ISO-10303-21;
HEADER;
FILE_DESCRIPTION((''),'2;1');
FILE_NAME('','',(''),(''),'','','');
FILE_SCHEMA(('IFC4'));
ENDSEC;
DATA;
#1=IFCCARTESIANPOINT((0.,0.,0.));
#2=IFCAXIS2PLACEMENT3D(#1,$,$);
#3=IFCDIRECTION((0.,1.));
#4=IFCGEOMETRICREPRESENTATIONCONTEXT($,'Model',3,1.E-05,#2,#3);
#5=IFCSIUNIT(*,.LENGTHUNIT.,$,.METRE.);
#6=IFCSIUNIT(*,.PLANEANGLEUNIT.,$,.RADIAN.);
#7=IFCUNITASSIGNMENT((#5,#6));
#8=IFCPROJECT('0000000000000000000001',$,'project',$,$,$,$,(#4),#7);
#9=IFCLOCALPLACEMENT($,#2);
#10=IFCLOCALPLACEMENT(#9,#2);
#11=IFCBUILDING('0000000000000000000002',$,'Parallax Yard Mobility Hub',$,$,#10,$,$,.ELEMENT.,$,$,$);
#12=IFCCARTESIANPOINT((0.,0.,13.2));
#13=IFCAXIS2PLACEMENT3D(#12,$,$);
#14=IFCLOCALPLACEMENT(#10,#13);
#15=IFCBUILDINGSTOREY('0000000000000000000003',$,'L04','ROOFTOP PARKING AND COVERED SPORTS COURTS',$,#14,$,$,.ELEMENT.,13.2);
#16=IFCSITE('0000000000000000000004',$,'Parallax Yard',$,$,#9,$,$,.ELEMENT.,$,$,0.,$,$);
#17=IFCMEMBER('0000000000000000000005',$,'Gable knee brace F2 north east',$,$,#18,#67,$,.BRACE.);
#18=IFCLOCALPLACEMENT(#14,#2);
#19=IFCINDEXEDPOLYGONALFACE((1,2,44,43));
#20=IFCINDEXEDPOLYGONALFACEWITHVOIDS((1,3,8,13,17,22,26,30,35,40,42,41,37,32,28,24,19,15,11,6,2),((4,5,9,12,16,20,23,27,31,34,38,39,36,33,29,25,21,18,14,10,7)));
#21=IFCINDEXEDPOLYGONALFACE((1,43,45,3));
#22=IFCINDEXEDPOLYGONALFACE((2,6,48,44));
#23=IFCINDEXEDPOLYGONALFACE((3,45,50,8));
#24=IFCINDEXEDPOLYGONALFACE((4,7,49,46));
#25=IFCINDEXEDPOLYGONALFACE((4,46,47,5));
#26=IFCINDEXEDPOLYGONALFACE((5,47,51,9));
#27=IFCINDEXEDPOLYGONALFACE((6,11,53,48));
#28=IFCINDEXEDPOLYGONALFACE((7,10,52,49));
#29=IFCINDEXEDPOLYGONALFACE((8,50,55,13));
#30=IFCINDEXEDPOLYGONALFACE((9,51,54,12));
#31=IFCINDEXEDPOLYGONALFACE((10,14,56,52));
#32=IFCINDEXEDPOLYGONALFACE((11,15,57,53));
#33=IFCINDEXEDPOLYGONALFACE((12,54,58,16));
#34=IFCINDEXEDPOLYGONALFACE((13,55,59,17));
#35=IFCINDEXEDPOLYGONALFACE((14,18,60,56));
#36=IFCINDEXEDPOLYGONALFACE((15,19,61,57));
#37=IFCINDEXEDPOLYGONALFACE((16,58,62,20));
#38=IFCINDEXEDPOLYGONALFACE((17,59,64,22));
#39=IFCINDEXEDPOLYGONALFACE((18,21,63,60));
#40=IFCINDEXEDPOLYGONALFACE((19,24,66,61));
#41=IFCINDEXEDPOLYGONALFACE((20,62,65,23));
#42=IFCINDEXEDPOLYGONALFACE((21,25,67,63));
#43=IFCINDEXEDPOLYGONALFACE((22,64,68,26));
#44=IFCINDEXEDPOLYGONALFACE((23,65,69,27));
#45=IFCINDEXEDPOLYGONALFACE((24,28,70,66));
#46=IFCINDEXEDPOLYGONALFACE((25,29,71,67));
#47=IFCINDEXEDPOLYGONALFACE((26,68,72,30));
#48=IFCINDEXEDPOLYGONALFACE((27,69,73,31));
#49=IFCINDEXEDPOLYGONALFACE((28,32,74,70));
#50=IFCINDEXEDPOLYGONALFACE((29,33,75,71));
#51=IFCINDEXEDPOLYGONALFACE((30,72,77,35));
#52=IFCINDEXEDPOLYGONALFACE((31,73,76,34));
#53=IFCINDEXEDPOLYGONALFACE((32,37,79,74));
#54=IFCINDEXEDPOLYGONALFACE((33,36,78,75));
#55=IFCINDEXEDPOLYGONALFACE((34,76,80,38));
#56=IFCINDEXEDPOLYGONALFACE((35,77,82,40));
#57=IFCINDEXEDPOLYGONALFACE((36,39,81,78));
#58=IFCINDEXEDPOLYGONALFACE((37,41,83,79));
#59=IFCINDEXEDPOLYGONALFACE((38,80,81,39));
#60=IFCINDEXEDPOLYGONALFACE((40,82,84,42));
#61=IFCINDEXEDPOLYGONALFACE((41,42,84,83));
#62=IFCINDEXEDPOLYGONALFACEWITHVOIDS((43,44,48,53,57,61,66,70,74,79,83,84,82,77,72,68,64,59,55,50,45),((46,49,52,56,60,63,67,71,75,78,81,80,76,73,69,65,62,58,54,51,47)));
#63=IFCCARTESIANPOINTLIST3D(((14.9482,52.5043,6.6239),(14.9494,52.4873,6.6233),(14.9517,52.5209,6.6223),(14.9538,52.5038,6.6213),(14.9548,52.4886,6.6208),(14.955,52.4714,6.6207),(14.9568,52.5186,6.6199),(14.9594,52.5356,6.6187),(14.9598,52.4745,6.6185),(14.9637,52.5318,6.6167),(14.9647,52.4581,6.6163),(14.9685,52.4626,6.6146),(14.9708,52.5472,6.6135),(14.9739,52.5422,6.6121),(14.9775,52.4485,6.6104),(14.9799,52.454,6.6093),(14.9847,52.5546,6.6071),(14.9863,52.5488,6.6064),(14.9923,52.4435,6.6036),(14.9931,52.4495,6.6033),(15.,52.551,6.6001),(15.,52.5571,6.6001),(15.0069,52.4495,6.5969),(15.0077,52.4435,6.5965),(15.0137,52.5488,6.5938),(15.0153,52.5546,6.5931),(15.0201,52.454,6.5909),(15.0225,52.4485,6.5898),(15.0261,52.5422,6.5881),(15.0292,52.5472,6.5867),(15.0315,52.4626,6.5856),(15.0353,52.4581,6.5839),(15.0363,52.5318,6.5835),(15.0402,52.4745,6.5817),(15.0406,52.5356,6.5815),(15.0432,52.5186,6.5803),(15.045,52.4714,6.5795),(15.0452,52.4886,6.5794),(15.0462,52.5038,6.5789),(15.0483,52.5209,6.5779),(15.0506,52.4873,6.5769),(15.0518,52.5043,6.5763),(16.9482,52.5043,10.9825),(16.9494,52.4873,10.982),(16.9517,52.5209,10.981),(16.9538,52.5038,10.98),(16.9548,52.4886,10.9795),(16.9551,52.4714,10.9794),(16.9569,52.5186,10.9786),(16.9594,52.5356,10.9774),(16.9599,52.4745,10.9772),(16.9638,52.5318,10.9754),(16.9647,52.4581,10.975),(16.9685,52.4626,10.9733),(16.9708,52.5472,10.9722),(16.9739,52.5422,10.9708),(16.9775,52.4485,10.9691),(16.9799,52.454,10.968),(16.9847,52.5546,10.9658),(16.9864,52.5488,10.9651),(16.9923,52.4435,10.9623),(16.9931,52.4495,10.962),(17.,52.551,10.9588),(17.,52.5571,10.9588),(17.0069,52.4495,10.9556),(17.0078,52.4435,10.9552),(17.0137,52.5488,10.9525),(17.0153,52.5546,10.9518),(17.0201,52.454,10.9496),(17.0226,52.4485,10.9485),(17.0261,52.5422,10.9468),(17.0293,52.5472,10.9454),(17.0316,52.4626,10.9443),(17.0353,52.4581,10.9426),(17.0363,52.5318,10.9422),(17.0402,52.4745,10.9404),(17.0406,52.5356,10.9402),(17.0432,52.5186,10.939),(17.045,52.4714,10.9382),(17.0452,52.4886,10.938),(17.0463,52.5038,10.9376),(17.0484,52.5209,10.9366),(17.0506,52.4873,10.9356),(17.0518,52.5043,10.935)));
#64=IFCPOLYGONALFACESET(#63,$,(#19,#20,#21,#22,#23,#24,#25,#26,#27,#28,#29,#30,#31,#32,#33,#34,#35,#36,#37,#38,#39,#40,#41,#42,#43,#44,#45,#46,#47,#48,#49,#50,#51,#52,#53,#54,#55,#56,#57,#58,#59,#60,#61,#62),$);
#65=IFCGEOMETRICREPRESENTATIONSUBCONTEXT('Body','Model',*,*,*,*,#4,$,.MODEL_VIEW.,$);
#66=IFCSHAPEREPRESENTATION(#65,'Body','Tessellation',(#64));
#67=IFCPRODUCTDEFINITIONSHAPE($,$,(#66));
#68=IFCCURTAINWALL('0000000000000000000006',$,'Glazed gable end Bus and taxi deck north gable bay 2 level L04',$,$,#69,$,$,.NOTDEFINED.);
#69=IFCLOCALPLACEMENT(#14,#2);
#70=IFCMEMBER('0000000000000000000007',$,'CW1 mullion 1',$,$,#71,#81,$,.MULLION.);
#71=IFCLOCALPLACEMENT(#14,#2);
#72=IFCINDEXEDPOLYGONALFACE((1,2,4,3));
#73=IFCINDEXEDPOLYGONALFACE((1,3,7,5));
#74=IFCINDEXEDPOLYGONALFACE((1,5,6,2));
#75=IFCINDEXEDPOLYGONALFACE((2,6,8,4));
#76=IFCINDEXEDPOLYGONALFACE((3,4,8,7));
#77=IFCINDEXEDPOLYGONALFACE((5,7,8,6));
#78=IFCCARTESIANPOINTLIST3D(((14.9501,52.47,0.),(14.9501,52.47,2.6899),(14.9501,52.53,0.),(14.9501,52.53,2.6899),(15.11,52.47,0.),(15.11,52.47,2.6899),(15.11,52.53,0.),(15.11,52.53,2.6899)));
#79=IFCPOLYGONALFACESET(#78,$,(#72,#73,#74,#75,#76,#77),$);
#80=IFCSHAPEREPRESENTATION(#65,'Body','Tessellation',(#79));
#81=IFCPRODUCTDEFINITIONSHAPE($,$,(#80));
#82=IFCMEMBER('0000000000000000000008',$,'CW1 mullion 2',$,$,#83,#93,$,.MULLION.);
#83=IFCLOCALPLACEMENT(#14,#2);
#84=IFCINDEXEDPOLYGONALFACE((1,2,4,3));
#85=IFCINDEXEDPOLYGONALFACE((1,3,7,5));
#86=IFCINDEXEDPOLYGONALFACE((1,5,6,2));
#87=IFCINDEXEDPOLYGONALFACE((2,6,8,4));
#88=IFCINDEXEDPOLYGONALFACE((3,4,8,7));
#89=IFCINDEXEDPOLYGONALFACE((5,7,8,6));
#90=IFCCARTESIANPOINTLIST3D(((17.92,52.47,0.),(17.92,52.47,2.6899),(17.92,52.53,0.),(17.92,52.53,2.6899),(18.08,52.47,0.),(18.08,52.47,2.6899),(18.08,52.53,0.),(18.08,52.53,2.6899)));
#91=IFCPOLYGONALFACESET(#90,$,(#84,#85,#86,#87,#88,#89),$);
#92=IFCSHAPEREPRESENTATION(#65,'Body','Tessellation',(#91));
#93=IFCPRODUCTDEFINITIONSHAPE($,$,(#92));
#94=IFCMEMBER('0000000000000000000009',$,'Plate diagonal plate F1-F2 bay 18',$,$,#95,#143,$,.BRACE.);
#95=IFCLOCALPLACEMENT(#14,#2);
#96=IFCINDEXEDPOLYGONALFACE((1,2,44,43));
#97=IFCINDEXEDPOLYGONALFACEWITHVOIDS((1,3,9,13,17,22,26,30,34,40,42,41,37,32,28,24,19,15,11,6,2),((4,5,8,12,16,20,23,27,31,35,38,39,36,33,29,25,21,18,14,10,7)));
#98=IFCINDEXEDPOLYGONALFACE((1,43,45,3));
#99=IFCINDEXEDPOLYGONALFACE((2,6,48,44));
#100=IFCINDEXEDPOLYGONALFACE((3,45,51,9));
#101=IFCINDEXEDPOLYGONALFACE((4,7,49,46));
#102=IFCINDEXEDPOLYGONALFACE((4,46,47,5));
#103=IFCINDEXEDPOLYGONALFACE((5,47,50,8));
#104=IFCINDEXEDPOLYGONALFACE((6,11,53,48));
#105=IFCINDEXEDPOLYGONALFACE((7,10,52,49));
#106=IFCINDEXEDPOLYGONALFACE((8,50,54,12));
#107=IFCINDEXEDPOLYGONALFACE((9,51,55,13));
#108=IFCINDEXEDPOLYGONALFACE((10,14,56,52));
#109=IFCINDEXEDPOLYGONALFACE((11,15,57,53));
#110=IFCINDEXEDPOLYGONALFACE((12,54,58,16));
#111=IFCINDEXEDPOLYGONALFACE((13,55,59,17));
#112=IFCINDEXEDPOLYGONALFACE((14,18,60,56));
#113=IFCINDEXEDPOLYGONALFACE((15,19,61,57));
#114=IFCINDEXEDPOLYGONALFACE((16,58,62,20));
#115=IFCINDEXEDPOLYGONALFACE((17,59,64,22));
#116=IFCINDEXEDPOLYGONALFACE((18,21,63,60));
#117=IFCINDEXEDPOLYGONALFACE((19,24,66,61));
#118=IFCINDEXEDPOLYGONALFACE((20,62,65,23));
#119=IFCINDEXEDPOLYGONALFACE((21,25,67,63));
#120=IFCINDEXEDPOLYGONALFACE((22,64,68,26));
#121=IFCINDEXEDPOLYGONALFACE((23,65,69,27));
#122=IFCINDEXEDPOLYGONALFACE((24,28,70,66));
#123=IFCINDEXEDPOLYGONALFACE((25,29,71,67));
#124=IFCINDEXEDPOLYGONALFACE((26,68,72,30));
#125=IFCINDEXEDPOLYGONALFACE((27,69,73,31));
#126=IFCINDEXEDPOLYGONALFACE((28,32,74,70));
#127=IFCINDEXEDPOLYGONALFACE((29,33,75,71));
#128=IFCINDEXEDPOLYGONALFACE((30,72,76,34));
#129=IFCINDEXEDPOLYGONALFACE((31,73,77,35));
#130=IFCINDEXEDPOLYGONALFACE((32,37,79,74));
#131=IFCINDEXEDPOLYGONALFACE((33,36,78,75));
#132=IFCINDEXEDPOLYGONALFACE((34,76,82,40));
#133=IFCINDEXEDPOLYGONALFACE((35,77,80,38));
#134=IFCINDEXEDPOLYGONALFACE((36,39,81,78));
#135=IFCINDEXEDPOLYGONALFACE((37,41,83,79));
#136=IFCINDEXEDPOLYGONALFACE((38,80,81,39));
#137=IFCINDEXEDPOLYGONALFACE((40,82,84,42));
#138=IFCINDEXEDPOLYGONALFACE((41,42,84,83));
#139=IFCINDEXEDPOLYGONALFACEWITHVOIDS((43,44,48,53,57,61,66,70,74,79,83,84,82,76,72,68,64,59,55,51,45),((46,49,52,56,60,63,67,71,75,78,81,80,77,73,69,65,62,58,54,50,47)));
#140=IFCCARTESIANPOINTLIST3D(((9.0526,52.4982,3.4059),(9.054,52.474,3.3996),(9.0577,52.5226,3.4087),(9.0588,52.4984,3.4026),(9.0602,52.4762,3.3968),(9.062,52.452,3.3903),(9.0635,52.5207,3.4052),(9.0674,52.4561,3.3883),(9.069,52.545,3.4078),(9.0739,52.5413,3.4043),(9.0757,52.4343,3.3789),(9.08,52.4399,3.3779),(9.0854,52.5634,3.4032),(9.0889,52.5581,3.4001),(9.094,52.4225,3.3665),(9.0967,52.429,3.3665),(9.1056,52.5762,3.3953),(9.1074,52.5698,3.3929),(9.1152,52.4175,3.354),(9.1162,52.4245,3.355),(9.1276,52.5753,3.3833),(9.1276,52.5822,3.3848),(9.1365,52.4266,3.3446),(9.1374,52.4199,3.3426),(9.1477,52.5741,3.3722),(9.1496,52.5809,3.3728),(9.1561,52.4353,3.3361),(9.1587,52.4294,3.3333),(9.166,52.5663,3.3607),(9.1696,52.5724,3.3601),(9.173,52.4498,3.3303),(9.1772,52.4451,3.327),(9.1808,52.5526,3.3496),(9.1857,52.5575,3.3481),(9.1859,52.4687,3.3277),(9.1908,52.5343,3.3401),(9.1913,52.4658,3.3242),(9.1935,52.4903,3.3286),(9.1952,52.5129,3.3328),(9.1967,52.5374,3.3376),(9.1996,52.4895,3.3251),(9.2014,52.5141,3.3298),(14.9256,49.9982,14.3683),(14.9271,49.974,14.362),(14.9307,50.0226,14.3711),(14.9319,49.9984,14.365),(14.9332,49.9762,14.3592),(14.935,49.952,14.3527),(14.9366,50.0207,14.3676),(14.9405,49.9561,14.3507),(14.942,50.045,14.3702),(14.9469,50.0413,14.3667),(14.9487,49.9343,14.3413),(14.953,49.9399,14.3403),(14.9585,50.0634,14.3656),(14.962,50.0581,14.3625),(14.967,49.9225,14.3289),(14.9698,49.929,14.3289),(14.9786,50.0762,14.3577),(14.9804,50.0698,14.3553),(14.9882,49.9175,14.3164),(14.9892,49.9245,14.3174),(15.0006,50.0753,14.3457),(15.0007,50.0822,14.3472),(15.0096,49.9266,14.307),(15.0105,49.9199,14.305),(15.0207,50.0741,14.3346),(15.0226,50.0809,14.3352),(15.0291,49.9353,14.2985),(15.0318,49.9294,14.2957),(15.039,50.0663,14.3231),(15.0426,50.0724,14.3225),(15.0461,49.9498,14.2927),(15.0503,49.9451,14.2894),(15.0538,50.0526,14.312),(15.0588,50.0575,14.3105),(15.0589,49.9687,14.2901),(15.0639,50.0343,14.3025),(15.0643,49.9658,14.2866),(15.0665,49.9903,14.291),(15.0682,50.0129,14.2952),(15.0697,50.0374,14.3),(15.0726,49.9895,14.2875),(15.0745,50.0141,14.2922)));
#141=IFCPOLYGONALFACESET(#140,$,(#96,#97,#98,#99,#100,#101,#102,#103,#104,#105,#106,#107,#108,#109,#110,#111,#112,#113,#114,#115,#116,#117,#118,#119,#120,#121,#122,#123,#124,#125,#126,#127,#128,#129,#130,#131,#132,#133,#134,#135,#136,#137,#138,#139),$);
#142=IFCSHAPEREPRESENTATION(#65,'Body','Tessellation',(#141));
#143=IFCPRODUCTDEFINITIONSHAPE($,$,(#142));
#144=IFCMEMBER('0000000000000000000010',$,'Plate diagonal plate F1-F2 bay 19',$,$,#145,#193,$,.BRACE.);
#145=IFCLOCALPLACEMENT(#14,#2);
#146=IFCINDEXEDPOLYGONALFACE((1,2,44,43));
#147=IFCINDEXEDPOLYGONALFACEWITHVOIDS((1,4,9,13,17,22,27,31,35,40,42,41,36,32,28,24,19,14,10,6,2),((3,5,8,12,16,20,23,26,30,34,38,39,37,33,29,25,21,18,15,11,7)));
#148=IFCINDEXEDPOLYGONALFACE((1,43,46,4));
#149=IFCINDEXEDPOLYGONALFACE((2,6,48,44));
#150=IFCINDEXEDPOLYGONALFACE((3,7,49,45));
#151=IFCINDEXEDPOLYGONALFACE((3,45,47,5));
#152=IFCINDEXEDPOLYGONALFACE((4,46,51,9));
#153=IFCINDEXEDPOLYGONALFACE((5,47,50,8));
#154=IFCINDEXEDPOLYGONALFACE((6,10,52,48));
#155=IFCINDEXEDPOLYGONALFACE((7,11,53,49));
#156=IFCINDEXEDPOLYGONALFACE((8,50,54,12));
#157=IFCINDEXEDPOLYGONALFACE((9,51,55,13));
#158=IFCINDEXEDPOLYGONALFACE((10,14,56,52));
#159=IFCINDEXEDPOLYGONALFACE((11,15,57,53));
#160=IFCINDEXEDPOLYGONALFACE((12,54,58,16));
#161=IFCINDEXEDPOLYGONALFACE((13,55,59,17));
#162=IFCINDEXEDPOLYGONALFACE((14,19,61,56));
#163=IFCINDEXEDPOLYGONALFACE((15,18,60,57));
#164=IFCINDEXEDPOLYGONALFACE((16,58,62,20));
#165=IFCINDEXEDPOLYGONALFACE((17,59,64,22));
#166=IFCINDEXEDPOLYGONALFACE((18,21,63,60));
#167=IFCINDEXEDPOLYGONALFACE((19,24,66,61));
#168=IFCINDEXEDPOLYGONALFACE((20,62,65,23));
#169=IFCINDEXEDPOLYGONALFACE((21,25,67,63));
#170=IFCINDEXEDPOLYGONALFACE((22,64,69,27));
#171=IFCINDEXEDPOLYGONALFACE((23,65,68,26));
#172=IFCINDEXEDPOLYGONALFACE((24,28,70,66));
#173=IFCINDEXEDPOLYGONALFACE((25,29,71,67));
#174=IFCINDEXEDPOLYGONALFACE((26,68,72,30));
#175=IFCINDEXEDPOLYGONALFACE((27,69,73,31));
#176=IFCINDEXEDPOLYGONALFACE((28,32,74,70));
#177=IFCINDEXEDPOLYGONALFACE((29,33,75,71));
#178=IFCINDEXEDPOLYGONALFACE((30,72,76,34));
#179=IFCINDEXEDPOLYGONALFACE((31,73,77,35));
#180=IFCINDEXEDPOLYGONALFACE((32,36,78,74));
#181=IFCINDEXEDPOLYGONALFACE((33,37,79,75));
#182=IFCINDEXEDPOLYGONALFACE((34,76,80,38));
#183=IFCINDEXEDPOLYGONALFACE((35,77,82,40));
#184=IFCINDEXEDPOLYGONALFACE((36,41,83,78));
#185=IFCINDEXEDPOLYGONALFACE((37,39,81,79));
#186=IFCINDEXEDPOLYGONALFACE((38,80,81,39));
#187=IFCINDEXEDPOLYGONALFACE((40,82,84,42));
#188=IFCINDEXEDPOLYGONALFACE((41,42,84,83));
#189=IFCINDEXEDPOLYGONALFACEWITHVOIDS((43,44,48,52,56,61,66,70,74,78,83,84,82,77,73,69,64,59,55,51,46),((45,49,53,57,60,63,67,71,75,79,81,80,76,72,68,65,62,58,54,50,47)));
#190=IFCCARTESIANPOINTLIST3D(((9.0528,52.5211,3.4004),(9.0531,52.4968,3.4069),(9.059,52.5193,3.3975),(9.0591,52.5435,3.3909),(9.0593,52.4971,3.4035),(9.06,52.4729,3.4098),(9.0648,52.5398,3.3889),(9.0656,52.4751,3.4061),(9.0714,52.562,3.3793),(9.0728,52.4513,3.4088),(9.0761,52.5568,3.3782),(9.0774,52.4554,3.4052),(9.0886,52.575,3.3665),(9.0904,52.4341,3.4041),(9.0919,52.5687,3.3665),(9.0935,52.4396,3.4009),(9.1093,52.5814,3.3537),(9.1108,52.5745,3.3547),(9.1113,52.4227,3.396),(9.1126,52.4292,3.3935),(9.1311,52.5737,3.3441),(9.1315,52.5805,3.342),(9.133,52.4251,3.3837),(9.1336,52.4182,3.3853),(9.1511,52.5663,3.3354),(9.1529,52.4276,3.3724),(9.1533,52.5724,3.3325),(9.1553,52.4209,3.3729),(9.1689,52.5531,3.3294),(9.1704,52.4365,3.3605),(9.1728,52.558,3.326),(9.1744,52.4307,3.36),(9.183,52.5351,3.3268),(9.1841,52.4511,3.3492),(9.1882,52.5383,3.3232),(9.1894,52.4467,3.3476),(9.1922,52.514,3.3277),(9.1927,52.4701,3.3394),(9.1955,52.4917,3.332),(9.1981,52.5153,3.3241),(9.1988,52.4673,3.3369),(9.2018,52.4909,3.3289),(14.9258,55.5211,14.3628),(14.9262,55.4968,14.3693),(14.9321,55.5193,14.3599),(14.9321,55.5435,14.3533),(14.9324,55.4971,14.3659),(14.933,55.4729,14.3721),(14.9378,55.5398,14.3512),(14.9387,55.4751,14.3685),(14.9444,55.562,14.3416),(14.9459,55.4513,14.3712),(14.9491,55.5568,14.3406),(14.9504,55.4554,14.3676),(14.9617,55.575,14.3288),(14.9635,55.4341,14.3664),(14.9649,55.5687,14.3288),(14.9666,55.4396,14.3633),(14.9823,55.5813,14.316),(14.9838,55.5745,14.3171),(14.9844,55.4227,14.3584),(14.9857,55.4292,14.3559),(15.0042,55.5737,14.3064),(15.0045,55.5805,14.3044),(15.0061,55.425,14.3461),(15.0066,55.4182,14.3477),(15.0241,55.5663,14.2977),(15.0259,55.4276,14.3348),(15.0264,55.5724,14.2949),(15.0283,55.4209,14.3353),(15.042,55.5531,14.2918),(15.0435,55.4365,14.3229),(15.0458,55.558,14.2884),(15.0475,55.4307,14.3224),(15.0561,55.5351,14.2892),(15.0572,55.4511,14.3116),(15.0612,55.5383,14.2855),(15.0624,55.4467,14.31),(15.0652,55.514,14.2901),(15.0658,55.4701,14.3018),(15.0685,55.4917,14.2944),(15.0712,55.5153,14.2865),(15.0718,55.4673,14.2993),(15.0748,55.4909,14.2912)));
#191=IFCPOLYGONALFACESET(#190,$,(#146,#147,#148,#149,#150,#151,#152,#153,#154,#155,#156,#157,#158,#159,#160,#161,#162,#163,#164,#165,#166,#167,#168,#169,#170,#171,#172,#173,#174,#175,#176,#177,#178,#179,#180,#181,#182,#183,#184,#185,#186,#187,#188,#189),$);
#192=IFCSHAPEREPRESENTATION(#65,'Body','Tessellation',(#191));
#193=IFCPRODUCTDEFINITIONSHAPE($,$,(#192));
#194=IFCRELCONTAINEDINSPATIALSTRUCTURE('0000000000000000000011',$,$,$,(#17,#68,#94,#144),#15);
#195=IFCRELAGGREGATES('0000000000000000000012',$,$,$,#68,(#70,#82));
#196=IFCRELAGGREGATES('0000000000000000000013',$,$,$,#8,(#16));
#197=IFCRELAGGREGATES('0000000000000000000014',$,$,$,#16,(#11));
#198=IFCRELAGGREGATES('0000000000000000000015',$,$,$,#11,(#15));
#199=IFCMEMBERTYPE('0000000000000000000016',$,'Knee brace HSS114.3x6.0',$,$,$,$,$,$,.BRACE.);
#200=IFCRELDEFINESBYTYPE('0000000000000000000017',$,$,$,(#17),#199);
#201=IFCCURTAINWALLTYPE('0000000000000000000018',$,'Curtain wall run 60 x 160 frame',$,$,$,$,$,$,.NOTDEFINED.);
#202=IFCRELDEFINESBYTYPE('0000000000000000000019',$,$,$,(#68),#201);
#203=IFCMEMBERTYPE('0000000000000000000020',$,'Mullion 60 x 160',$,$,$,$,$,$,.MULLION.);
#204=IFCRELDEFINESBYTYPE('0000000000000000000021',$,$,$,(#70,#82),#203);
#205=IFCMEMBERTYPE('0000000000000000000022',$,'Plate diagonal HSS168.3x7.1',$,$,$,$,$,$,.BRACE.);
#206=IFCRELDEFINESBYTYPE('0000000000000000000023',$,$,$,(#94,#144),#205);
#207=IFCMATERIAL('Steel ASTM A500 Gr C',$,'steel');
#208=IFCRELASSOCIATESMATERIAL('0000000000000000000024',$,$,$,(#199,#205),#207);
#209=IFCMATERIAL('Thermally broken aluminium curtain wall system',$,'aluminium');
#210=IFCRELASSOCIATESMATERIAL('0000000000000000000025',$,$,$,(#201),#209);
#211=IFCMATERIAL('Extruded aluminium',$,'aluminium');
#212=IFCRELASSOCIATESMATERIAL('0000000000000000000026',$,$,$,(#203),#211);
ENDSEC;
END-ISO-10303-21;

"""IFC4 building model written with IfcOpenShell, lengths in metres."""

from ifc_helpers import new_model, si_unit, direction, frame, origin, origin_2d, place, context, subcontext, project, spatial, rectangle, hollow_circle, extrude, material, material_profile, profile_set, type_object, element, aggregate, save


model = new_model("IFC4")

# Units and contexts
model_context = context("Model", 3, precision=1e-05, world=origin(), true_north=direction((0.0, 1.0)))
body_context = subcontext(model_context, "Body", "Model", "MODEL_VIEW")
ifc_project = project(units=[si_unit("LENGTHUNIT", "METRE"), si_unit("PLANEANGLEUNIT", "RADIAN")], contexts=[model_context])

# Site, building, storey
site_placement = place(None, origin())
site = spatial("IfcSite", under=ifc_project, at=site_placement, Name="Parallax Yard", CompositionType="ELEMENT", RefElevation=0.0)
building_placement = place(site_placement, origin())
building = spatial("IfcBuilding", under=site, at=building_placement, Name="Parallax Yard Mobility Hub", CompositionType="ELEMENT")
storey_placement = place(building_placement, frame((0.0, 0.0, 13.2)))
storey = spatial("IfcBuildingStorey", under=building, at=storey_placement, Name="L04", Description="ROOFTOP PARKING AND COVERED SPORTS COURTS", CompositionType="ELEMENT", Elevation=13.2)

# Member
ifc_material_1 = material(Name="Steel ASTM A500 Gr C", Category="steel")
ifc_material_profile_1 = material_profile(ifc_material_1, hollow_circle(Radius=0.0571, WallThickness=0.0061, at=origin_2d()), Name="HSS114.3x6.0")
ifc_profile_set_1 = profile_set([ifc_material_profile_1], Name="Steel ASTM A500 Gr C")
member_type_1 = type_object("IfcMemberType", Name="Knee brace HSS114.3x6.0", PredefinedType="BRACE", material=ifc_profile_set_1)
for number, where, z_axis, x_axis, name in (
    (1, (15.0, 52.5, 6.6001), (0.417049, 0.0, 0.908884), (0.0, 1.0, 0.0), "Gable knee brace F2 north east"),
):
    element("IfcMember", number, at=place(storey_placement, frame(where, z_axis=z_axis, x_axis=x_axis)), inside=storey, type_object=member_type_1, Name=name, PredefinedType="BRACE", context=body_context, shape_type="SweptSolid", body=[
        extrude(hollow_circle(Radius=0.0571, WallThickness=0.0061, at=origin_2d()), origin(), (0.0, 0.0, 1.0), 4.7957),
    ])

# Curtain wall, members
ifc_material_2 = material(Name="Thermally broken aluminium curtain wall system", Category="aluminium")
curtain_wall_type = type_object("IfcCurtainWallType", Name="Curtain wall run 60 x 160 frame", PredefinedType="NOTDEFINED", material=ifc_material_2)
curtain_wall_placement = place(storey_placement, origin())
curtain_wall = element("IfcCurtainWall", 2, at=curtain_wall_placement, inside=storey, type_object=curtain_wall_type, Name="Glazed gable end Bus and taxi deck north gable bay 2 level L04", PredefinedType="NOTDEFINED")
ifc_material_3 = material(Name="Extruded aluminium", Category="aluminium")
ifc_material_profile_2 = material_profile(ifc_material_3, rectangle(XDim=0.0601, YDim=0.1599, at=origin_2d()), Name="Mullion 60 x 160")
ifc_profile_set_2 = profile_set([ifc_material_profile_2], Name="Extruded aluminium")
member_type_2 = type_object("IfcMemberType", Name="Mullion 60 x 160", PredefinedType="MULLION", material=ifc_profile_set_2)
member_1_placement = place(storey_placement, frame((15.03, 52.5, 0.0), z_axis=(0.0, 0.0, 1.0), x_axis=(0.0, 1.0, 0.0)))
member_1 = element("IfcMember", 3, at=member_1_placement, type_object=member_type_2, Name="CW1 mullion 1", PredefinedType="MULLION", context=body_context, shape_type="SweptSolid", body=[
    extrude(rectangle(XDim=0.0601, YDim=0.1599, at=origin_2d()), origin(), (0.0, 0.0, 1.0), 2.6899),
])
member_2_placement = place(storey_placement, frame((18.0, 52.5, 0.0), z_axis=(0.0, 0.0, 1.0), x_axis=(0.0, 1.0, 0.0)))
member_2 = element("IfcMember", 4, at=member_2_placement, type_object=member_type_2, Name="CW1 mullion 2", PredefinedType="MULLION", context=body_context, shape_type="SweptSolid", body=[
    extrude(rectangle(XDim=0.0601, YDim=0.1599, at=origin_2d()), origin(), (0.0, 0.0, 1.0), 2.6899),
])

# Members
ifc_material_profile_3 = material_profile(ifc_material_1, hollow_circle(Radius=0.0842, WallThickness=0.0071, at=origin_2d()), Name="HSS168.3x7.1")
ifc_profile_set_3 = profile_set([ifc_material_profile_3], Name="Steel ASTM A500 Gr C")
member_type_3 = type_object("IfcMemberType", Name="Plate diagonal HSS168.3x7.1", PredefinedType="BRACE", material=ifc_profile_set_3)
member_3_placement = place(storey_placement, frame((15.0, 50.0, 14.3289), z_axis=(-0.46298, 0.197078, -0.864181), x_axis=(-0.391665, -0.920108, 0.0)))
element("IfcMember", 5, at=member_3_placement, inside=storey, type_object=member_type_3, Name="Plate diagonal plate F1-F2 bay 18", PredefinedType="BRACE", context=body_context, shape_type="SweptSolid", body=[
    extrude(hollow_circle(Radius=0.0842, WallThickness=0.0071, at=origin_2d()), origin(), (0.0, 0.0, 1.0), 12.6853),
])
member_4_placement = place(storey_placement, frame((9.127, 52.5, 3.3665), z_axis=(0.459074, 0.234499, 0.85689), x_axis=(-0.454897, 0.890544, 0.0)))
element("IfcMember", 6, at=member_4_placement, inside=storey, type_object=member_type_3, Name="Plate diagonal plate F1-F2 bay 19", PredefinedType="BRACE", context=body_context, shape_type="SweptSolid", body=[
    extrude(hollow_circle(Radius=0.0842, WallThickness=0.0071, at=origin_2d()), origin(), (0.0, 0.0, 1.0), 12.7932),
])

aggregate(curtain_wall, [member_1, member_2])

save(model, "model.ifc")
